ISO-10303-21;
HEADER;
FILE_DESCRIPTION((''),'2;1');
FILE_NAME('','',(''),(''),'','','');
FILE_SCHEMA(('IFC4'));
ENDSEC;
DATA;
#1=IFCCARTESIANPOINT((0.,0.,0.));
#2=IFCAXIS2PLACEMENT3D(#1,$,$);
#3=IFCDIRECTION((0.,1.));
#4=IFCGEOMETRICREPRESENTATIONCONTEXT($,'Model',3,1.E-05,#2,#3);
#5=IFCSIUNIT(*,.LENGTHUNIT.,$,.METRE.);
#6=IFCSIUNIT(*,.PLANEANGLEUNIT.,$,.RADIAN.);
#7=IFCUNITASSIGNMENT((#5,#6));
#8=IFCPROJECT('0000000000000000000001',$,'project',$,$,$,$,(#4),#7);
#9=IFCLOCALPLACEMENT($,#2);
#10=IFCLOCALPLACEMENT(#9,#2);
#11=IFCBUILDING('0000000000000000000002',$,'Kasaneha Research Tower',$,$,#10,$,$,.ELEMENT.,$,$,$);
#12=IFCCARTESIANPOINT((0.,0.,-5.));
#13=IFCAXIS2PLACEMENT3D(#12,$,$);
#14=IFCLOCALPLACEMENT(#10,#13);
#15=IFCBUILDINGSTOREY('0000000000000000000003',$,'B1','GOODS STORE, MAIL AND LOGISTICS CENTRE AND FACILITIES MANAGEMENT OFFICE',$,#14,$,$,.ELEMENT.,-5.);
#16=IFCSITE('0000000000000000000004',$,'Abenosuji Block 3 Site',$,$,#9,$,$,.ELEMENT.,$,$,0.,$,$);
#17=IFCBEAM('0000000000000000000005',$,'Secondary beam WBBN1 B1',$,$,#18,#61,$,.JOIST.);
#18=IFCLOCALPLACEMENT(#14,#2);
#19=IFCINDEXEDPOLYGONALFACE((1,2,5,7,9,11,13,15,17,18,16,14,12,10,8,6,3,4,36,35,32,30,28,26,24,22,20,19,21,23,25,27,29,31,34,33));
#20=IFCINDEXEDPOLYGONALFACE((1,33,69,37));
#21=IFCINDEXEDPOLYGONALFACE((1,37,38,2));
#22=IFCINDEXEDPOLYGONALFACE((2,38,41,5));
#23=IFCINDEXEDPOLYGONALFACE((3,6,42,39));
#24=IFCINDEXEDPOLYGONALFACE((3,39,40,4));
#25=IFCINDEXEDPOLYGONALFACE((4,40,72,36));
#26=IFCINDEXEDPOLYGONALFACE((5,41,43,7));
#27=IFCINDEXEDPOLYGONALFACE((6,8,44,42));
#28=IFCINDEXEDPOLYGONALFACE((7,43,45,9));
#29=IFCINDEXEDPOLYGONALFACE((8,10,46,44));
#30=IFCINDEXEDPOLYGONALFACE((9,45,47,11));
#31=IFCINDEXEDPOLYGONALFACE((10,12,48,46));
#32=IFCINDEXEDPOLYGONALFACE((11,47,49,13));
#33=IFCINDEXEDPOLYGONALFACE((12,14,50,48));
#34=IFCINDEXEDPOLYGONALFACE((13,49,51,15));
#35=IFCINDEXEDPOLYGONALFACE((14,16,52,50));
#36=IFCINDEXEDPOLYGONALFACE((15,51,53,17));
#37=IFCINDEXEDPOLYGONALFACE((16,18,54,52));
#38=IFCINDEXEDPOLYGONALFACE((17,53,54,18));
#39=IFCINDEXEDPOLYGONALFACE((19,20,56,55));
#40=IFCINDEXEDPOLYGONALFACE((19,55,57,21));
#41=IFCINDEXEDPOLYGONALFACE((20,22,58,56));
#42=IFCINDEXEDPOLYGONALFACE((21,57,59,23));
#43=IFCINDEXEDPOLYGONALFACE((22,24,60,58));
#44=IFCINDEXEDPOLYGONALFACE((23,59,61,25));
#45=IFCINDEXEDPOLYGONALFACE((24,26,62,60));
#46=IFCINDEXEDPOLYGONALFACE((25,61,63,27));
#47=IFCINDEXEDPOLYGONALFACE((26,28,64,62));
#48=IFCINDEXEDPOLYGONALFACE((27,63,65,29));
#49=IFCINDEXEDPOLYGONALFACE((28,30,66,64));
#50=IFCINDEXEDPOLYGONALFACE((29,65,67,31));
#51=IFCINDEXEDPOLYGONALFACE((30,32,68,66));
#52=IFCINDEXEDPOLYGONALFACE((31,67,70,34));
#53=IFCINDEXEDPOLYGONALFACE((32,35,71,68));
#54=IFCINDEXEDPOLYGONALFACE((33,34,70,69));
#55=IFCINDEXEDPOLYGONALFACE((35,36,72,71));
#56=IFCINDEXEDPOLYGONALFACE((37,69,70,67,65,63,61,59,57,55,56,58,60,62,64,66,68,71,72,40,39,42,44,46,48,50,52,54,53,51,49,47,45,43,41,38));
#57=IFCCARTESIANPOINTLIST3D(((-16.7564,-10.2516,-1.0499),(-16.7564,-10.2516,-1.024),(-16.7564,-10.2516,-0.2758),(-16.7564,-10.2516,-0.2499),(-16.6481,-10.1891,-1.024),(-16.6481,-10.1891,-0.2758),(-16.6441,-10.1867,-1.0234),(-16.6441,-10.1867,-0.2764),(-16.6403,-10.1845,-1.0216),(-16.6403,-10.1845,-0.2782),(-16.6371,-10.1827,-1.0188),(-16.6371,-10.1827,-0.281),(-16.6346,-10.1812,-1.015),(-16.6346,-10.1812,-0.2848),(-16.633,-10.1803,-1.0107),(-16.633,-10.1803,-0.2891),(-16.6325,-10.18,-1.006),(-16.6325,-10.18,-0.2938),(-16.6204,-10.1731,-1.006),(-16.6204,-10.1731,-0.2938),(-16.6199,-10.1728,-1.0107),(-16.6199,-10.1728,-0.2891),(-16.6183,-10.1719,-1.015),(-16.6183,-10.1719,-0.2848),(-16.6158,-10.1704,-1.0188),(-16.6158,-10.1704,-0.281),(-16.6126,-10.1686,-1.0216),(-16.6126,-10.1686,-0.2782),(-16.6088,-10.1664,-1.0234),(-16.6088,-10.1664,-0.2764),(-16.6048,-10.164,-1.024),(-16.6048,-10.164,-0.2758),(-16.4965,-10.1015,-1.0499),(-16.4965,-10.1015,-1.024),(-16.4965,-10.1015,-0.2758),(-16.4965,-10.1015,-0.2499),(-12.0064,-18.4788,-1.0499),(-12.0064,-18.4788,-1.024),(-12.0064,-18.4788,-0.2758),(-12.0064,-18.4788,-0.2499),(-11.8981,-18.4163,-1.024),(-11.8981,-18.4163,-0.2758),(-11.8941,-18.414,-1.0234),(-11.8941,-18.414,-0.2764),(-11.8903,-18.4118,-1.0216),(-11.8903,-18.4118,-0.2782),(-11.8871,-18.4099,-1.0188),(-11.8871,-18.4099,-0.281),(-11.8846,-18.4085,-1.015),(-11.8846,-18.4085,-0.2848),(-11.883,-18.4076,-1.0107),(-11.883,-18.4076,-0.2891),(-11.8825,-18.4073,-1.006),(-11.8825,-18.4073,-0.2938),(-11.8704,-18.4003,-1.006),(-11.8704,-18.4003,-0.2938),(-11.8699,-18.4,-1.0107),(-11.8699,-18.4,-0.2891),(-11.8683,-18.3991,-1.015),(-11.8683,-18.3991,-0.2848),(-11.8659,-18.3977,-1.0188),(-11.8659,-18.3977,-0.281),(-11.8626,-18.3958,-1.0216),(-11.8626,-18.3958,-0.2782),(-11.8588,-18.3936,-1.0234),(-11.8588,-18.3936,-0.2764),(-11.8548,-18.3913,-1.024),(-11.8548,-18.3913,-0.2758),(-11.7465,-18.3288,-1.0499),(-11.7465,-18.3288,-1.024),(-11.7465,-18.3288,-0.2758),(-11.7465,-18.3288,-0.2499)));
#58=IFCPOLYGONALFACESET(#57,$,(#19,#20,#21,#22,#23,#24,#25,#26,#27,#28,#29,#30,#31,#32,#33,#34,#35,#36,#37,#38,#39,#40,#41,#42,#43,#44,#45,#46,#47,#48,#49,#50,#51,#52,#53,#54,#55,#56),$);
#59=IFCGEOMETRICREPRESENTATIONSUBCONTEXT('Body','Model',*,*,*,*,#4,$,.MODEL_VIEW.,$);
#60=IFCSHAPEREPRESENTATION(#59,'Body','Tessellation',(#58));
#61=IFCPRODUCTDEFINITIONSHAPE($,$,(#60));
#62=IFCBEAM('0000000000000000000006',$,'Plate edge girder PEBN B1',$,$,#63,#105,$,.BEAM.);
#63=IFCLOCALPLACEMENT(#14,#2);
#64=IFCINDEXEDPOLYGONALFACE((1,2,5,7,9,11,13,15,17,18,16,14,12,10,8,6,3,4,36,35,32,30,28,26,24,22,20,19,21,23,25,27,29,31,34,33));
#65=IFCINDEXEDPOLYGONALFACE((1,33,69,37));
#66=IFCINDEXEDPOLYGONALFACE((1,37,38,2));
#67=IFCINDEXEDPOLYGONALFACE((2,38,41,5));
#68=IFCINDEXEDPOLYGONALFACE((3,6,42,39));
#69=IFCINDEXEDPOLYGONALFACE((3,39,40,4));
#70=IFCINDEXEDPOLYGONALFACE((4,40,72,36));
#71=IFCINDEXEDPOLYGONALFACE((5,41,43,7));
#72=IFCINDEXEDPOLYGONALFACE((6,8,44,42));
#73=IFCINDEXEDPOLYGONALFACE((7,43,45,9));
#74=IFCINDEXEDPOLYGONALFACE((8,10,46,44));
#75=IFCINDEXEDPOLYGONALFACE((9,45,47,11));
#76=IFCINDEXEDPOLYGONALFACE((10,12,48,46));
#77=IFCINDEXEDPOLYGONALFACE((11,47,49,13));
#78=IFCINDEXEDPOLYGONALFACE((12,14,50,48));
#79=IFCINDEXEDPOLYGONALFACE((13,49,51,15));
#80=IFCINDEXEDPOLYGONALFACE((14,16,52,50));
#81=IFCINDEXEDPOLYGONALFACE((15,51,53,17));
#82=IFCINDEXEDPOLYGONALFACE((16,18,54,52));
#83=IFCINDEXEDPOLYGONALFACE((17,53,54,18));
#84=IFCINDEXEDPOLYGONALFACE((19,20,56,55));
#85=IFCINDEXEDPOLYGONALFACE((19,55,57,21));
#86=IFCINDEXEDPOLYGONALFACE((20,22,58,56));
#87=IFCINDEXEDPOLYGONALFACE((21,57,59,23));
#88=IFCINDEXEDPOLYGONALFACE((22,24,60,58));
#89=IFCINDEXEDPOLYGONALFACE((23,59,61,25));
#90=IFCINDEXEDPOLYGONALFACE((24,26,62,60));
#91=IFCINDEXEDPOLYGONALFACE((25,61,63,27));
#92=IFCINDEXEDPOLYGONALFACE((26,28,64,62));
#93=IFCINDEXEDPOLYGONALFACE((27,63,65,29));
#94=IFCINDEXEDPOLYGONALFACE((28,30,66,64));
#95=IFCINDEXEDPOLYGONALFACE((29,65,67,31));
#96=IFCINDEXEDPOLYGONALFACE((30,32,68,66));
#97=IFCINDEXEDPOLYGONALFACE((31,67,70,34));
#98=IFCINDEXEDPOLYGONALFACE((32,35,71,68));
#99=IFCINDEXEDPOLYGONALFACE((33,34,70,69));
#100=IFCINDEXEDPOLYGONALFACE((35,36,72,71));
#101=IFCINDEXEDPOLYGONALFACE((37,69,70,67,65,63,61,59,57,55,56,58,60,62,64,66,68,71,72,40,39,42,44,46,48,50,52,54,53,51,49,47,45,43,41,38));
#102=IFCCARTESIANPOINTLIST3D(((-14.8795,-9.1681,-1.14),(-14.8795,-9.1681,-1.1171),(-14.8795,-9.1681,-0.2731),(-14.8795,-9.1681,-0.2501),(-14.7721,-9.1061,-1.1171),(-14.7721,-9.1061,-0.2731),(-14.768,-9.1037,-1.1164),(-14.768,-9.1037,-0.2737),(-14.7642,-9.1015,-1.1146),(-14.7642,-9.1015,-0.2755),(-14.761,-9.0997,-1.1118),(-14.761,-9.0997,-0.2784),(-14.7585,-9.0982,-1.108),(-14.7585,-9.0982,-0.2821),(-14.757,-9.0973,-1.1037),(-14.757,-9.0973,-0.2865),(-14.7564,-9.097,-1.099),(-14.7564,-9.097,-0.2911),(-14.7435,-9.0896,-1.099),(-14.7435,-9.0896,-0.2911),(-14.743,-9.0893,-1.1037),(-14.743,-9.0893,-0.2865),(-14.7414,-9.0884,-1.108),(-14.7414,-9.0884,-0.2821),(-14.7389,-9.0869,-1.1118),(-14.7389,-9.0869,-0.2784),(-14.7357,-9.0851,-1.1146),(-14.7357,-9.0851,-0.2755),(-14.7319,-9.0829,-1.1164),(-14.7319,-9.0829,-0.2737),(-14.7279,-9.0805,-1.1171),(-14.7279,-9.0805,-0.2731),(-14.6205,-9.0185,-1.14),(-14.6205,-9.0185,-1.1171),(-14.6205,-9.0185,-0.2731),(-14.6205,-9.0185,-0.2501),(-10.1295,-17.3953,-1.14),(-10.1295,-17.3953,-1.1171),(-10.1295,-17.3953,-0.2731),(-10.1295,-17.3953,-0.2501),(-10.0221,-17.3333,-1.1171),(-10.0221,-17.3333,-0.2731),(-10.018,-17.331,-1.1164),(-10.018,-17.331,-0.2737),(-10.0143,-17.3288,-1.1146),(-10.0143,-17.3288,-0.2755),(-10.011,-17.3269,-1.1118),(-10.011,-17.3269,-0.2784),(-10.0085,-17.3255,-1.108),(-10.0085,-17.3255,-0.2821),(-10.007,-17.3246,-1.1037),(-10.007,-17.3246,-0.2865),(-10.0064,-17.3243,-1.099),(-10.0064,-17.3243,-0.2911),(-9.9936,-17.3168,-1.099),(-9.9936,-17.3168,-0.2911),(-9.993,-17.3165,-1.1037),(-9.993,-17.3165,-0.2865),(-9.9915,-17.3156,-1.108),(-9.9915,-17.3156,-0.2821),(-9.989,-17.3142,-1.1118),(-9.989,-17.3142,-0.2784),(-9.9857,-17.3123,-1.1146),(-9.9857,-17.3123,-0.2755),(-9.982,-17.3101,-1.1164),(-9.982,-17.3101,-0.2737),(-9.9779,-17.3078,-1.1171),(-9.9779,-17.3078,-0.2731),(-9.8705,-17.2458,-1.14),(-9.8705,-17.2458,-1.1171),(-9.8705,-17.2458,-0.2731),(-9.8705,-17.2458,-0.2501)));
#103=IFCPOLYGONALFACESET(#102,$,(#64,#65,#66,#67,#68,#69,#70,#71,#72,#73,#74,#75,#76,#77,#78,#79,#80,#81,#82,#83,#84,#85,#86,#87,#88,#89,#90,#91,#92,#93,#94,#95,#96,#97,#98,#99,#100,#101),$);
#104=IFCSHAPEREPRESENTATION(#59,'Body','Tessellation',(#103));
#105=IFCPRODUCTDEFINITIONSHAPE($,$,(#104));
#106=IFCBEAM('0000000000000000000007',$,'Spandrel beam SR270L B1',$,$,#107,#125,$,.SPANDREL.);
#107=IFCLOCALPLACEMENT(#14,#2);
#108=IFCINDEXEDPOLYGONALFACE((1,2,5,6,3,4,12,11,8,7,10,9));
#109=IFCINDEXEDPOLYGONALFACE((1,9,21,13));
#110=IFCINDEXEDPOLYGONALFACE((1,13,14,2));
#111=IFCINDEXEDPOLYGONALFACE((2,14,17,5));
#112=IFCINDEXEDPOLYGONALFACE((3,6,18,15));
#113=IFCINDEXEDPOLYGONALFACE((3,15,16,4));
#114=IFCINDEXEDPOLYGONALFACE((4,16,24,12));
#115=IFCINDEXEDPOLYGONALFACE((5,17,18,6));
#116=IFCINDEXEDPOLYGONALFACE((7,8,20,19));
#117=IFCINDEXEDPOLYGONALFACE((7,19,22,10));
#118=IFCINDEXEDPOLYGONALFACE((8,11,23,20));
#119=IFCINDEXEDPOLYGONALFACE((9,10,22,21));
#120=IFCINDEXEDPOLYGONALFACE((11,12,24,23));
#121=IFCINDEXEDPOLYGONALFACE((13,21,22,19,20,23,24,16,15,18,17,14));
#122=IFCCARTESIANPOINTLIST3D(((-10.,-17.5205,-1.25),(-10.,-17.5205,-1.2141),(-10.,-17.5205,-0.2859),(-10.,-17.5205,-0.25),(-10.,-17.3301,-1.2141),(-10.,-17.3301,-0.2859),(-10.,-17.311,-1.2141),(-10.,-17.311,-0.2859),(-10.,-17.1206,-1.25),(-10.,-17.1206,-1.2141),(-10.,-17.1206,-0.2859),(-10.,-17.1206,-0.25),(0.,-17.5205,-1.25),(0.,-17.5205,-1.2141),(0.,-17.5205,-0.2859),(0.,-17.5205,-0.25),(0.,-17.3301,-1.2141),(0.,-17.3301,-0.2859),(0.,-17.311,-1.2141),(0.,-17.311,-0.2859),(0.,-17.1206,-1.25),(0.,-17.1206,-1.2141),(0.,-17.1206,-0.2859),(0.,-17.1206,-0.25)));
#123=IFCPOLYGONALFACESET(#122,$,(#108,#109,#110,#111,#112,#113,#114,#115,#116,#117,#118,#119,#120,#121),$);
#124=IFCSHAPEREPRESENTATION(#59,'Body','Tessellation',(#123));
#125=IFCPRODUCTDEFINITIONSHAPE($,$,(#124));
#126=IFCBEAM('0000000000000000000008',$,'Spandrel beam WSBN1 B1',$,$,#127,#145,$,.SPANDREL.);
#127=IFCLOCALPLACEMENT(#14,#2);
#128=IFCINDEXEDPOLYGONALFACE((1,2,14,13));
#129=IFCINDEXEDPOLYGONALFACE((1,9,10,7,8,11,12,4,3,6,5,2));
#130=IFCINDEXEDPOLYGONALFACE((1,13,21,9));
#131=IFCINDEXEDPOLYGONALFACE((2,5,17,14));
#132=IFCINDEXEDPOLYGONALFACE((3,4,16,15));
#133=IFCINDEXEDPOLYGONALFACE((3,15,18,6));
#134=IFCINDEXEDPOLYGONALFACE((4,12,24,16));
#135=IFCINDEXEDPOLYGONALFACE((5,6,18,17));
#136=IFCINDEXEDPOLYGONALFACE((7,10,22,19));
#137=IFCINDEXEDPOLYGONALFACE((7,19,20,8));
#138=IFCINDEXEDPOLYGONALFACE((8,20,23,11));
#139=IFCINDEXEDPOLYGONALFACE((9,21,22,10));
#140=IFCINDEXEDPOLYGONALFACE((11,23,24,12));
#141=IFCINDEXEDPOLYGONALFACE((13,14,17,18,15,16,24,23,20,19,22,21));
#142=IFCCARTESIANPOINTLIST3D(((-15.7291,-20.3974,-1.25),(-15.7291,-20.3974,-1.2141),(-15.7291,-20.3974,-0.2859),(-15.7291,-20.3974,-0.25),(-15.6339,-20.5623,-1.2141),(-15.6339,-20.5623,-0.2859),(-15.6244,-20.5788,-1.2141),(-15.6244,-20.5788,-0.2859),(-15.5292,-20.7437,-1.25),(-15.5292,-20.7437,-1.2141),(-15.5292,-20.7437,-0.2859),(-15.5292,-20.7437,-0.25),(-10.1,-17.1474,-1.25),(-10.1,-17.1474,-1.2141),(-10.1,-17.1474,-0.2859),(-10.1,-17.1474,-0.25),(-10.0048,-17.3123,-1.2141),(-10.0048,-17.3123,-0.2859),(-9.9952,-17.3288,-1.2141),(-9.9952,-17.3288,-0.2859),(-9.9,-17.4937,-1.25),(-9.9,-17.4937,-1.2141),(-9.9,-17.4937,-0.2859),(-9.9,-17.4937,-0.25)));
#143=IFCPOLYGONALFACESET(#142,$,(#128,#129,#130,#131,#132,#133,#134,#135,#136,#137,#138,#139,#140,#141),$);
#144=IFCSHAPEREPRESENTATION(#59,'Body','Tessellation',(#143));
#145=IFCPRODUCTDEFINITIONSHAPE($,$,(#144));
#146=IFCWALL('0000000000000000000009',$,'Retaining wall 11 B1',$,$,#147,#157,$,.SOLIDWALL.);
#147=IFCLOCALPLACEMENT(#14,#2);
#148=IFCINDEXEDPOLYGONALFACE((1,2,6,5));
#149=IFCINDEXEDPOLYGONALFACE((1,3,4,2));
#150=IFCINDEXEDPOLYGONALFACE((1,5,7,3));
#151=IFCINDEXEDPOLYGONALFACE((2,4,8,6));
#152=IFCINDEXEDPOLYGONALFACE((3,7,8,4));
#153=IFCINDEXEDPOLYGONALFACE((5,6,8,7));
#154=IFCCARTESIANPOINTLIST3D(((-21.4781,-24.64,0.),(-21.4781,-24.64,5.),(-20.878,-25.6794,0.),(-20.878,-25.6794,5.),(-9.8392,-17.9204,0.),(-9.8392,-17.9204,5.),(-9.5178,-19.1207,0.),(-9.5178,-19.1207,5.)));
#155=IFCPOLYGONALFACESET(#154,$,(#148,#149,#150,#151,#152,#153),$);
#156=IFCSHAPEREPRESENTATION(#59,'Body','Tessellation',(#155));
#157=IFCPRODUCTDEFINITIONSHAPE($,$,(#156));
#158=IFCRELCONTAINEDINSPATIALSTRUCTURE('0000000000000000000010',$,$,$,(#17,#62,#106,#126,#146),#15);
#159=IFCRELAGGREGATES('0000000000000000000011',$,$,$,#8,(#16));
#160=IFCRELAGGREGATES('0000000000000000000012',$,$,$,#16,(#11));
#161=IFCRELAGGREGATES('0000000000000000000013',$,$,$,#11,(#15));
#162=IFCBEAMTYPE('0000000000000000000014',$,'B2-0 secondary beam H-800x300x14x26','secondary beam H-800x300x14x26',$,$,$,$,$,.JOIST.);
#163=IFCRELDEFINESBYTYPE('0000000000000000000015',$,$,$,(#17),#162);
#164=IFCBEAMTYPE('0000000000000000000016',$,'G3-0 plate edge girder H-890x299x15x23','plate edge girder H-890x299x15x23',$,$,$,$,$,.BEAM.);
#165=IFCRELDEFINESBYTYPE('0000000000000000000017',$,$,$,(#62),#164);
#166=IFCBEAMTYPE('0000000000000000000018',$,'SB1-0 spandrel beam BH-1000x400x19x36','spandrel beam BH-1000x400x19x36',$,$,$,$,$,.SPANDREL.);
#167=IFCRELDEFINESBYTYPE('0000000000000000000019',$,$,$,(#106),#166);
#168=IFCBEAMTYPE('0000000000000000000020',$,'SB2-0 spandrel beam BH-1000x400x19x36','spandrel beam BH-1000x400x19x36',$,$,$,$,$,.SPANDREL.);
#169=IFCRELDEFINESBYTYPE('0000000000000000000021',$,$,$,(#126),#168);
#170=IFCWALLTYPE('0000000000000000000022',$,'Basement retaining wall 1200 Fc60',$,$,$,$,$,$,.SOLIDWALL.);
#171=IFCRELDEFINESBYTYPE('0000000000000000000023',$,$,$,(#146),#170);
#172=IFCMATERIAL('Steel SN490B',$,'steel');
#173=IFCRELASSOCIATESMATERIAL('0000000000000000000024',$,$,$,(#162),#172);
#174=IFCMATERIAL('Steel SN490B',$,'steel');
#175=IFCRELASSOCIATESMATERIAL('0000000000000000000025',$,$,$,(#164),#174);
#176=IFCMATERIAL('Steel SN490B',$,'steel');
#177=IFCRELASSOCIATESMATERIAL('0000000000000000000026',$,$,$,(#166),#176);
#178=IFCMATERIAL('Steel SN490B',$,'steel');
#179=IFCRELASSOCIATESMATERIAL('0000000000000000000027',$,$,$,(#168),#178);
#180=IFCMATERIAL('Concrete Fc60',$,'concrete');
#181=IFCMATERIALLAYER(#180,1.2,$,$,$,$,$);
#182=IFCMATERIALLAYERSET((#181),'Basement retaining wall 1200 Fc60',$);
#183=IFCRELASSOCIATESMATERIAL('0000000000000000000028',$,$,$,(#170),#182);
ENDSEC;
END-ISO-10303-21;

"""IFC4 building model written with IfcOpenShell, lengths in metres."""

from ifc_helpers import new_model, si_unit, direction, frame, origin, origin_2d, place, context, subcontext, project, spatial, polyline, i_section, outline, extrude, material, layer, layer_set, material_profile, profile_set, type_object, element, save


model = new_model("IFC4")

# Units and contexts
model_context = context("Model", 3, precision=1e-05, world=origin(), true_north=direction((0.0, 1.0)))
body_context = subcontext(model_context, "Body", "Model", "MODEL_VIEW")
ifc_project = project(units=[si_unit("LENGTHUNIT", "METRE"), si_unit("PLANEANGLEUNIT", "RADIAN")], contexts=[model_context])

# Site, building, storey
site_placement = place(None, origin())
site = spatial("IfcSite", under=ifc_project, at=site_placement, Name="Abenosuji Block 3 Site", CompositionType="ELEMENT", RefElevation=0.0)
building_placement = place(site_placement, origin())
building = spatial("IfcBuilding", under=site, at=building_placement, Name="Kasaneha Research Tower", CompositionType="ELEMENT")
storey_placement = place(building_placement, frame((0.0, 0.0, -5.0)))
storey = spatial("IfcBuildingStorey", under=building, at=storey_placement, Name="B1", Description="GOODS STORE, MAIL AND LOGISTICS CENTRE AND FACILITIES MANAGEMENT OFFICE", CompositionType="ELEMENT", Elevation=-5.0)

# Beams
ifc_material_1 = material(Name="Steel SN490B", Category="steel")
ifc_material_profile_1 = material_profile(ifc_material_1, i_section(OverallWidth=0.3, OverallDepth=0.8, WebThickness=0.0139, FlangeThickness=0.0259, FilletRadius=0.0181, at=origin_2d()), Name="H-800x300x14x26")
ifc_profile_set_1 = profile_set([ifc_material_profile_1], Name="Steel SN490B")
beam_type_1 = type_object("IfcBeamType", Name="B2-0 secondary beam H-800x300x14x26", Description="secondary beam H-800x300x14x26", PredefinedType="JOIST", material=ifc_profile_set_1)
beam_1_placement = place(storey_placement, frame((-11.8765, -18.4038, -0.6499), z_axis=(-0.499998, 0.866027, 0.0), x_axis=(-0.866027, -0.499998, 0.0)))
element("IfcBeam", 1, at=beam_1_placement, inside=storey, type_object=beam_type_1, Name="Secondary beam WBBN1 B1", PredefinedType="JOIST", context=body_context, shape_type="SweptSolid", body=[
    extrude(i_section(OverallWidth=0.3, OverallDepth=0.8, WebThickness=0.0139, FlangeThickness=0.0259, FilletRadius=0.0181, at=origin_2d()), origin(), (0.0, 0.0, 1.0), 9.5),
])
ifc_material_2 = material(Name="Steel SN490B", Category="steel")
ifc_material_profile_2 = material_profile(ifc_material_2, i_section(OverallWidth=0.2991, OverallDepth=0.8899, WebThickness=0.0149, FlangeThickness=0.0229, FilletRadius=0.0181, at=origin_2d()), Name="H-890x299x15x23")
ifc_profile_set_2 = profile_set([ifc_material_profile_2], Name="Steel SN490B")
beam_type_2 = type_object("IfcBeamType", Name="G3-0 plate edge girder H-890x299x15x23", Description="plate edge girder H-890x299x15x23", PredefinedType="BEAM", material=ifc_profile_set_2)
beam_2_placement = place(storey_placement, frame((-10.0, -17.3206, -0.6951), z_axis=(-0.499998, 0.866027, 0.0), x_axis=(-0.866027, -0.499998, 0.0)))
element("IfcBeam", 2, at=beam_2_placement, inside=storey, type_object=beam_type_2, Name="Plate edge girder PEBN B1", PredefinedType="BEAM", context=body_context, shape_type="SweptSolid", body=[
    extrude(i_section(OverallWidth=0.2991, OverallDepth=0.8899, WebThickness=0.0149, FlangeThickness=0.0229, FilletRadius=0.0181, at=origin_2d()), origin(), (0.0, 0.0, 1.0), 9.5),
])
ifc_material_3 = material(Name="Steel SN490B", Category="steel")
ifc_material_profile_3 = material_profile(ifc_material_3, i_section(OverallWidth=0.3999, OverallDepth=1.0, WebThickness=0.019, FlangeThickness=0.0359, at=origin_2d()), Name="BH-1000x400x19x36")
ifc_profile_set_3 = profile_set([ifc_material_profile_3], Name="Steel SN490B")
beam_type_3 = type_object("IfcBeamType", Name="SB1-0 spandrel beam BH-1000x400x19x36", Description="spandrel beam BH-1000x400x19x36", PredefinedType="SPANDREL", material=ifc_profile_set_3)
beam_3_placement = place(storey_placement, frame((-10.0, -17.3206, -0.75), z_axis=(1.0, 0.0, 0.0), x_axis=(0.0, 1.0, 0.0)))
element("IfcBeam", 3, at=beam_3_placement, inside=storey, type_object=beam_type_3, Name="Spandrel beam SR270L B1", PredefinedType="SPANDREL", context=body_context, shape_type="SweptSolid", body=[
    extrude(i_section(OverallWidth=0.3999, OverallDepth=1.0, WebThickness=0.019, FlangeThickness=0.0359, at=origin_2d()), origin(), (0.0, 0.0, 1.0), 10.0),
])
ifc_material_4 = material(Name="Steel SN490B", Category="steel")
ifc_material_profile_4 = material_profile(ifc_material_4, i_section(OverallWidth=0.3999, OverallDepth=1.0, WebThickness=0.019, FlangeThickness=0.0359, at=origin_2d()), Name="BH-1000x400x19x36")
ifc_profile_set_4 = profile_set([ifc_material_profile_4], Name="Steel SN490B")
beam_type_4 = type_object("IfcBeamType", Name="SB2-0 spandrel beam BH-1000x400x19x36", Description="spandrel beam BH-1000x400x19x36", PredefinedType="SPANDREL", material=ifc_profile_set_4)
beam_4_placement = place(storey_placement, frame((-10.0, -17.3206, -0.75), z_axis=(-0.866025, -0.500001, 0.0), x_axis=(0.500001, -0.866025, 0.0)))
element("IfcBeam", 4, at=beam_4_placement, inside=storey, type_object=beam_type_4, Name="Spandrel beam WSBN1 B1", PredefinedType="SPANDREL", context=body_context, shape_type="SweptSolid", body=[
    extrude(i_section(OverallWidth=0.3999, OverallDepth=1.0, WebThickness=0.019, FlangeThickness=0.0359, at=origin_2d()), origin(), (0.0, 0.0, 1.0), 6.5),
])

# Wall
ifc_material_5 = material(Name="Concrete Fc60", Category="concrete")
ifc_layer_1 = layer(ifc_material_5, 1.2)
ifc_layer_set_1 = layer_set([ifc_layer_1], Name="Basement retaining wall 1200 Fc60")
wall_type_1 = type_object("IfcWallType", Name="Basement retaining wall 1200 Fc60", PredefinedType="SOLIDWALL", material=ifc_layer_set_1)
wall_1_placement = place(storey_placement, frame((-9.6785, -18.5205, 0.0), z_axis=(0.0, 0.0, 1.0), x_axis=(-0.866028, -0.499995, 0.0)))
element("IfcWall", 5, at=wall_1_placement, inside=storey, type_object=wall_type_1, Name="Retaining wall 11 B1", PredefinedType="SOLIDWALL", context=body_context, shape_type="SweptSolid", body=[
    extrude(outline(polyline([(-0.1609, -0.6001), (13.2786, -0.6001), (13.2786, 0.6001), (0.1609, 0.6001), (-0.1609, -0.6001)])), origin(), (0.0, 0.0, 1.0), 5.0),
])

save(model, "model.ifc")
